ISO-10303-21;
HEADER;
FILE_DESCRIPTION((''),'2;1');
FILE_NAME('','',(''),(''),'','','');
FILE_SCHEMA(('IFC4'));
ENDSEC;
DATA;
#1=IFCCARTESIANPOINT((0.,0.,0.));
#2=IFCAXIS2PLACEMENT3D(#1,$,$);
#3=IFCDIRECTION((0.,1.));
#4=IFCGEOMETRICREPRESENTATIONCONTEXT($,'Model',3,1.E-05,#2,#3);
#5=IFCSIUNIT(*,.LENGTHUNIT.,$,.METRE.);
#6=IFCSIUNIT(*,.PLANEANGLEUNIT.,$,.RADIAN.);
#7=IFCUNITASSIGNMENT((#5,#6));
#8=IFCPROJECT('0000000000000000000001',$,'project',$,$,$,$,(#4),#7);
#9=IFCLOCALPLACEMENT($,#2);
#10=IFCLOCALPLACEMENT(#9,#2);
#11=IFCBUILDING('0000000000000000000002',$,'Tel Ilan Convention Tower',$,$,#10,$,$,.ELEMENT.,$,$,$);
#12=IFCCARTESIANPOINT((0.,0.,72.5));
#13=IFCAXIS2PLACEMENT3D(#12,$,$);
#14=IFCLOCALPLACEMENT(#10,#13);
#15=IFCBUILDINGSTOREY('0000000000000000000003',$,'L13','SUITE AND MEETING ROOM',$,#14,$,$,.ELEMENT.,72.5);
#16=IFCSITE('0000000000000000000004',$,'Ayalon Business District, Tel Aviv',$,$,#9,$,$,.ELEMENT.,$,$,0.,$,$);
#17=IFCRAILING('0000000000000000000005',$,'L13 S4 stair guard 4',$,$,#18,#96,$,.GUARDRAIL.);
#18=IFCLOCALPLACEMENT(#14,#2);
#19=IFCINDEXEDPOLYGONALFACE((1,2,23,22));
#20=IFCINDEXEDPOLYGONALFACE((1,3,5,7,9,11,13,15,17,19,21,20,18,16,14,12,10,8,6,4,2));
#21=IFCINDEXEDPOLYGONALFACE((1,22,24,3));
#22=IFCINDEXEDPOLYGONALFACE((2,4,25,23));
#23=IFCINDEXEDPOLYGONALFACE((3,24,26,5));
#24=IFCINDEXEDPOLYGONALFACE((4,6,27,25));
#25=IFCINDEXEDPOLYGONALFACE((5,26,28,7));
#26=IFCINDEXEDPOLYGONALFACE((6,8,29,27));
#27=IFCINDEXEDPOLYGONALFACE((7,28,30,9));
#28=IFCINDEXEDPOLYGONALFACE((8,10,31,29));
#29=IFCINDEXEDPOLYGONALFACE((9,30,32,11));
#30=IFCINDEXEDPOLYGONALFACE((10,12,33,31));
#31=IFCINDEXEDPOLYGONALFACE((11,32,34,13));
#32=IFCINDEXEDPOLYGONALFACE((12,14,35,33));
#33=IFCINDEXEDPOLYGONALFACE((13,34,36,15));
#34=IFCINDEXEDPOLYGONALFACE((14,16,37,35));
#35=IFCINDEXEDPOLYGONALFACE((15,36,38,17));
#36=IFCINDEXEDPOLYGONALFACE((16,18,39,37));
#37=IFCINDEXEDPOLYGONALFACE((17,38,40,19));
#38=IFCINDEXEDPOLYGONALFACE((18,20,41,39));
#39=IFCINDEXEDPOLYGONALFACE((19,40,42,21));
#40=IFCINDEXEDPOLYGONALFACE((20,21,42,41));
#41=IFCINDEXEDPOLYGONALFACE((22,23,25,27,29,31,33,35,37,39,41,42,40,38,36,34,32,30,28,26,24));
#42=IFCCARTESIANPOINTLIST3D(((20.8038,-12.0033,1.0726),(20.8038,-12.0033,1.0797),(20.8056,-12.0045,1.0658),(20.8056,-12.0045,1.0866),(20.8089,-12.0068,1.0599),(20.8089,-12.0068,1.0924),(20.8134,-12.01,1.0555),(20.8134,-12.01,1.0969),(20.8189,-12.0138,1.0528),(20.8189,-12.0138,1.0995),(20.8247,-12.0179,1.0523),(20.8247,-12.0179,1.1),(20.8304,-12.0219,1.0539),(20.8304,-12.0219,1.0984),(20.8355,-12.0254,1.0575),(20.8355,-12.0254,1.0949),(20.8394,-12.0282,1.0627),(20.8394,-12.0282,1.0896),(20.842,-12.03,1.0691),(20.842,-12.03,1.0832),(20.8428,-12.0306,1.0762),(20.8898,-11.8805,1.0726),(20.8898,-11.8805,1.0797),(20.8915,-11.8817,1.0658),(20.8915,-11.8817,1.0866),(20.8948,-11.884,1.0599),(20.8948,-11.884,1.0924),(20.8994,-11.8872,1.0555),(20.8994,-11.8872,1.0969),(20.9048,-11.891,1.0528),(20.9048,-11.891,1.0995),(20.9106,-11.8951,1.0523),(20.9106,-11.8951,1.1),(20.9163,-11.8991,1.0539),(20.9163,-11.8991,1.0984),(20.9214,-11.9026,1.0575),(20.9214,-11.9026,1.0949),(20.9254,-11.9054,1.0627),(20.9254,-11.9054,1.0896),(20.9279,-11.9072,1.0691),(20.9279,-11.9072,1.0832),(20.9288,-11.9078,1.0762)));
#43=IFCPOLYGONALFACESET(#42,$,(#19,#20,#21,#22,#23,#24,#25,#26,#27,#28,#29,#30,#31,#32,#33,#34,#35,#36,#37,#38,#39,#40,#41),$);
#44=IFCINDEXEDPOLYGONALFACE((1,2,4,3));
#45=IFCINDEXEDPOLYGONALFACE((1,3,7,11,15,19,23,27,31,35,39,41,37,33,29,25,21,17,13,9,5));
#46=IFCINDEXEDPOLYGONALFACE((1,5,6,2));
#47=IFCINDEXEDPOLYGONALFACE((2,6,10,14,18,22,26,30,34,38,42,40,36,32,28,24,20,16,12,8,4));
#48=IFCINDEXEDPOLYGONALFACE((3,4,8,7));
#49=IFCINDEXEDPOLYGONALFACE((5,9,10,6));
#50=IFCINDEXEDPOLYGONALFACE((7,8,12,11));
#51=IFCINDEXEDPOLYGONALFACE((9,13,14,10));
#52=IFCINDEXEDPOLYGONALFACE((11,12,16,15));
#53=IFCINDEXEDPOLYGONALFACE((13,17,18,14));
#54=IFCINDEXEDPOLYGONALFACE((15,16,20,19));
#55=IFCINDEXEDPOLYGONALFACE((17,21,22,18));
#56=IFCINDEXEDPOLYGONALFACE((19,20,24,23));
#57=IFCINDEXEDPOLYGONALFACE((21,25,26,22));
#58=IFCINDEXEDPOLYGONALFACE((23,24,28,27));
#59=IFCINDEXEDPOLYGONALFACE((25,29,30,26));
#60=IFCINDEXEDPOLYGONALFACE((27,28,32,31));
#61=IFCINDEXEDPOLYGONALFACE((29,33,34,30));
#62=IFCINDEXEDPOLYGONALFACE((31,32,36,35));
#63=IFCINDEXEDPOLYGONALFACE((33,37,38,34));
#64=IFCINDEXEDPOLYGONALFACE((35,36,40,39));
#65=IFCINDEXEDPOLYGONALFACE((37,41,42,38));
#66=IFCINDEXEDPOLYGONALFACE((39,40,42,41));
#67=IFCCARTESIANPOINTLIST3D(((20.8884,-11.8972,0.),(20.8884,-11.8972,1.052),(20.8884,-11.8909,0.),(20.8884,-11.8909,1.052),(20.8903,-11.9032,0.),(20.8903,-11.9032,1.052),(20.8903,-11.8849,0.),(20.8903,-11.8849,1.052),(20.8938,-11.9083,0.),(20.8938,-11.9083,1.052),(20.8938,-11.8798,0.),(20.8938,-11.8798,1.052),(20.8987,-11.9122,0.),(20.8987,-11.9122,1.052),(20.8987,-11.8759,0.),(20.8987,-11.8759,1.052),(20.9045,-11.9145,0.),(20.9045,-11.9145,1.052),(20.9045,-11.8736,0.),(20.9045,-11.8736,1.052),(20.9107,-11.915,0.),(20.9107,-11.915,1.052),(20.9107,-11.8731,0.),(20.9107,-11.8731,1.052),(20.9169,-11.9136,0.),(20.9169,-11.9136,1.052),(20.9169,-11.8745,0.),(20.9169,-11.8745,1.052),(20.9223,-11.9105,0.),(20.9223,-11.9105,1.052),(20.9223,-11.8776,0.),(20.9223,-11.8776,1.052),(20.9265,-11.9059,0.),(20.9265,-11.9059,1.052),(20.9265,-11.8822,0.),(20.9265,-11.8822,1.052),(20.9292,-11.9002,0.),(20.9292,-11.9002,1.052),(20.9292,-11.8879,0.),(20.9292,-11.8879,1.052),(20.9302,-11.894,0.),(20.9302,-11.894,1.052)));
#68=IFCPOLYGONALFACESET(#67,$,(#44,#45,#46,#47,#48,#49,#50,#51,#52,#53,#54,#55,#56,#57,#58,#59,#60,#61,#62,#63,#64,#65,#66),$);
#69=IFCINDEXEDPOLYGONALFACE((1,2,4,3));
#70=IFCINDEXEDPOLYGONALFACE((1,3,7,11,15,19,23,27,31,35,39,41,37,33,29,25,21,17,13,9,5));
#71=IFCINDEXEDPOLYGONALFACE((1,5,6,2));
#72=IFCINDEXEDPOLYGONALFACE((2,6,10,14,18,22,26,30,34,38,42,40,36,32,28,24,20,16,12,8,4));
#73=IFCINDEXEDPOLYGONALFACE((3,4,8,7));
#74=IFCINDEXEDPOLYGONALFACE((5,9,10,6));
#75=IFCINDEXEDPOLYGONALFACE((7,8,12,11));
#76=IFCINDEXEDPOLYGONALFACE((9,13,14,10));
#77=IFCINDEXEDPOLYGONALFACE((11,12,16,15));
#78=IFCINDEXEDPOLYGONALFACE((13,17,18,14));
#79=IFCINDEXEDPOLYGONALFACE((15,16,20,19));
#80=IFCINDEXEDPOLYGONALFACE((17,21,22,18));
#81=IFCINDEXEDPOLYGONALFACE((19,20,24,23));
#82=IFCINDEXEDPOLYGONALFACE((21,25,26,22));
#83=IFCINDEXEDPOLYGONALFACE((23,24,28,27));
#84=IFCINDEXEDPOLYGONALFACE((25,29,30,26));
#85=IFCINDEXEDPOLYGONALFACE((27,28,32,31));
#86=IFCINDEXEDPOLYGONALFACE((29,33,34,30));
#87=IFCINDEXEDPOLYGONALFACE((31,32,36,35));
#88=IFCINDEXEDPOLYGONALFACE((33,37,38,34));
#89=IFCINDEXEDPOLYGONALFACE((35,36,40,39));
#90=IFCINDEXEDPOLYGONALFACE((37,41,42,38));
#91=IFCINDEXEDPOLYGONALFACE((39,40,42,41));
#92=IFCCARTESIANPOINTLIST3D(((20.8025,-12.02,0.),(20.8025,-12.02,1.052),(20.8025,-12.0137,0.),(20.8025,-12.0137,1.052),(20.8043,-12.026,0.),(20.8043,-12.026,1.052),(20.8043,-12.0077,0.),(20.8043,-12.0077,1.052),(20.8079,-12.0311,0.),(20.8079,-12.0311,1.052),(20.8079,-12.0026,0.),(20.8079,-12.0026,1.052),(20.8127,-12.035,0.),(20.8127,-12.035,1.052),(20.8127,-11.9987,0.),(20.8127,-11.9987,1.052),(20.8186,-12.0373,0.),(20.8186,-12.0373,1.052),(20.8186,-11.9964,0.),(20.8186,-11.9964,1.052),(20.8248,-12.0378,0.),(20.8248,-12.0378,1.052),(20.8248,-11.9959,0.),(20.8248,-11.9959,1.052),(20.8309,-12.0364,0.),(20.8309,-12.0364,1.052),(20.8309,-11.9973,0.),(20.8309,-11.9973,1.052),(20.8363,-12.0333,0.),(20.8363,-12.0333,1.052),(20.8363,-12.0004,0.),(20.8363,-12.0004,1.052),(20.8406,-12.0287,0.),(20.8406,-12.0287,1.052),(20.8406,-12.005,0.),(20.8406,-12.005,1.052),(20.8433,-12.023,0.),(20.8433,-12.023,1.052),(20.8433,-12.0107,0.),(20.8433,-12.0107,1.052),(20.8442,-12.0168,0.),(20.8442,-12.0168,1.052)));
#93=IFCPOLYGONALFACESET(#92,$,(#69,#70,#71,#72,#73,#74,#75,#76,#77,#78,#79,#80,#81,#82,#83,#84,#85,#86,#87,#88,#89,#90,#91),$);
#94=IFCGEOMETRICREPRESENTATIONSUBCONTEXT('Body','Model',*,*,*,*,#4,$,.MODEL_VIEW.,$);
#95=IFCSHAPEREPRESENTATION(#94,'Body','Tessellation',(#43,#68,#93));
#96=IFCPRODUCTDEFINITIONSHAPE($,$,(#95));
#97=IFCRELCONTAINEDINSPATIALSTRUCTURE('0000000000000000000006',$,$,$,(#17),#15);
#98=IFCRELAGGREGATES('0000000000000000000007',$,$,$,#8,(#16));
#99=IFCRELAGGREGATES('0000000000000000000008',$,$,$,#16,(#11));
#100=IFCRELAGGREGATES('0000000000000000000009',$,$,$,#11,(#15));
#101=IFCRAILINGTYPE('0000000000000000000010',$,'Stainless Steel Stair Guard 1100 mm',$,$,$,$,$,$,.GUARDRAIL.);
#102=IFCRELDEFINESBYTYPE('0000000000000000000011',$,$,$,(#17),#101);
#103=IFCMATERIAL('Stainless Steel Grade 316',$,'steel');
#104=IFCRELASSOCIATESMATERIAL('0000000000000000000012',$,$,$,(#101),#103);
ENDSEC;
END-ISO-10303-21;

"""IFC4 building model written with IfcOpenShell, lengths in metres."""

from ifc_helpers import new_model, si_unit, direction, frame, origin, origin_2d, place, context, subcontext, project, spatial, circle, extrude, material, type_object, element, save


model = new_model("IFC4")

# Units and contexts
model_context = context("Model", 3, precision=1e-05, world=origin(), true_north=direction((0.0, 1.0)))
body_context = subcontext(model_context, "Body", "Model", "MODEL_VIEW")
ifc_project = project(units=[si_unit("LENGTHUNIT", "METRE"), si_unit("PLANEANGLEUNIT", "RADIAN")], contexts=[model_context])

# Site, building, storey
site_placement = place(None, origin())
site = spatial("IfcSite", under=ifc_project, at=site_placement, Name="Ayalon Business District, Tel Aviv", CompositionType="ELEMENT", RefElevation=0.0)
building_placement = place(site_placement, origin())
building = spatial("IfcBuilding", under=site, at=building_placement, Name="Tel Ilan Convention Tower", CompositionType="ELEMENT")
storey_placement = place(building_placement, frame((0.0, 0.0, 72.5)))
storey = spatial("IfcBuildingStorey", under=building, at=storey_placement, Name="L13", Description="SUITE AND MEETING ROOM", CompositionType="ELEMENT", Elevation=72.5)

# Railing
ifc_material_1 = material(Name="Stainless Steel Grade 316", Category="steel")
railing_type_1 = type_object("IfcRailingType", Name="Stainless Steel Stair Guard 1100 mm", PredefinedType="GUARDRAIL", material=ifc_material_1)
railing_1_placement = place(storey_placement, frame((20.9092, -11.894, 0.0)))
element("IfcRailing", 1, at=railing_1_placement, inside=storey, type_object=railing_type_1, Name="L13 S4 stair guard 4", PredefinedType="GUARDRAIL", context=body_context, shape_type="SweptSolid", body=[
    extrude(circle(Radius=0.0239, at=origin_2d()), frame((0.0, 0.0, 1.0762), z_axis=(-0.573353, -0.819308, 0.0), x_axis=(0.819308, -0.573353, 0.0)), (0.0, 0.0, 1.0), 0.1499),
    extrude(circle(Radius=0.021, at=origin_2d()), origin(), (0.0, 0.0, 1.0), 1.052),
    extrude(circle(Radius=0.021, at=origin_2d()), frame((-0.0859, -0.1228, 0.0)), (0.0, 0.0, 1.0), 1.052),
])

save(model, "model.ifc")
